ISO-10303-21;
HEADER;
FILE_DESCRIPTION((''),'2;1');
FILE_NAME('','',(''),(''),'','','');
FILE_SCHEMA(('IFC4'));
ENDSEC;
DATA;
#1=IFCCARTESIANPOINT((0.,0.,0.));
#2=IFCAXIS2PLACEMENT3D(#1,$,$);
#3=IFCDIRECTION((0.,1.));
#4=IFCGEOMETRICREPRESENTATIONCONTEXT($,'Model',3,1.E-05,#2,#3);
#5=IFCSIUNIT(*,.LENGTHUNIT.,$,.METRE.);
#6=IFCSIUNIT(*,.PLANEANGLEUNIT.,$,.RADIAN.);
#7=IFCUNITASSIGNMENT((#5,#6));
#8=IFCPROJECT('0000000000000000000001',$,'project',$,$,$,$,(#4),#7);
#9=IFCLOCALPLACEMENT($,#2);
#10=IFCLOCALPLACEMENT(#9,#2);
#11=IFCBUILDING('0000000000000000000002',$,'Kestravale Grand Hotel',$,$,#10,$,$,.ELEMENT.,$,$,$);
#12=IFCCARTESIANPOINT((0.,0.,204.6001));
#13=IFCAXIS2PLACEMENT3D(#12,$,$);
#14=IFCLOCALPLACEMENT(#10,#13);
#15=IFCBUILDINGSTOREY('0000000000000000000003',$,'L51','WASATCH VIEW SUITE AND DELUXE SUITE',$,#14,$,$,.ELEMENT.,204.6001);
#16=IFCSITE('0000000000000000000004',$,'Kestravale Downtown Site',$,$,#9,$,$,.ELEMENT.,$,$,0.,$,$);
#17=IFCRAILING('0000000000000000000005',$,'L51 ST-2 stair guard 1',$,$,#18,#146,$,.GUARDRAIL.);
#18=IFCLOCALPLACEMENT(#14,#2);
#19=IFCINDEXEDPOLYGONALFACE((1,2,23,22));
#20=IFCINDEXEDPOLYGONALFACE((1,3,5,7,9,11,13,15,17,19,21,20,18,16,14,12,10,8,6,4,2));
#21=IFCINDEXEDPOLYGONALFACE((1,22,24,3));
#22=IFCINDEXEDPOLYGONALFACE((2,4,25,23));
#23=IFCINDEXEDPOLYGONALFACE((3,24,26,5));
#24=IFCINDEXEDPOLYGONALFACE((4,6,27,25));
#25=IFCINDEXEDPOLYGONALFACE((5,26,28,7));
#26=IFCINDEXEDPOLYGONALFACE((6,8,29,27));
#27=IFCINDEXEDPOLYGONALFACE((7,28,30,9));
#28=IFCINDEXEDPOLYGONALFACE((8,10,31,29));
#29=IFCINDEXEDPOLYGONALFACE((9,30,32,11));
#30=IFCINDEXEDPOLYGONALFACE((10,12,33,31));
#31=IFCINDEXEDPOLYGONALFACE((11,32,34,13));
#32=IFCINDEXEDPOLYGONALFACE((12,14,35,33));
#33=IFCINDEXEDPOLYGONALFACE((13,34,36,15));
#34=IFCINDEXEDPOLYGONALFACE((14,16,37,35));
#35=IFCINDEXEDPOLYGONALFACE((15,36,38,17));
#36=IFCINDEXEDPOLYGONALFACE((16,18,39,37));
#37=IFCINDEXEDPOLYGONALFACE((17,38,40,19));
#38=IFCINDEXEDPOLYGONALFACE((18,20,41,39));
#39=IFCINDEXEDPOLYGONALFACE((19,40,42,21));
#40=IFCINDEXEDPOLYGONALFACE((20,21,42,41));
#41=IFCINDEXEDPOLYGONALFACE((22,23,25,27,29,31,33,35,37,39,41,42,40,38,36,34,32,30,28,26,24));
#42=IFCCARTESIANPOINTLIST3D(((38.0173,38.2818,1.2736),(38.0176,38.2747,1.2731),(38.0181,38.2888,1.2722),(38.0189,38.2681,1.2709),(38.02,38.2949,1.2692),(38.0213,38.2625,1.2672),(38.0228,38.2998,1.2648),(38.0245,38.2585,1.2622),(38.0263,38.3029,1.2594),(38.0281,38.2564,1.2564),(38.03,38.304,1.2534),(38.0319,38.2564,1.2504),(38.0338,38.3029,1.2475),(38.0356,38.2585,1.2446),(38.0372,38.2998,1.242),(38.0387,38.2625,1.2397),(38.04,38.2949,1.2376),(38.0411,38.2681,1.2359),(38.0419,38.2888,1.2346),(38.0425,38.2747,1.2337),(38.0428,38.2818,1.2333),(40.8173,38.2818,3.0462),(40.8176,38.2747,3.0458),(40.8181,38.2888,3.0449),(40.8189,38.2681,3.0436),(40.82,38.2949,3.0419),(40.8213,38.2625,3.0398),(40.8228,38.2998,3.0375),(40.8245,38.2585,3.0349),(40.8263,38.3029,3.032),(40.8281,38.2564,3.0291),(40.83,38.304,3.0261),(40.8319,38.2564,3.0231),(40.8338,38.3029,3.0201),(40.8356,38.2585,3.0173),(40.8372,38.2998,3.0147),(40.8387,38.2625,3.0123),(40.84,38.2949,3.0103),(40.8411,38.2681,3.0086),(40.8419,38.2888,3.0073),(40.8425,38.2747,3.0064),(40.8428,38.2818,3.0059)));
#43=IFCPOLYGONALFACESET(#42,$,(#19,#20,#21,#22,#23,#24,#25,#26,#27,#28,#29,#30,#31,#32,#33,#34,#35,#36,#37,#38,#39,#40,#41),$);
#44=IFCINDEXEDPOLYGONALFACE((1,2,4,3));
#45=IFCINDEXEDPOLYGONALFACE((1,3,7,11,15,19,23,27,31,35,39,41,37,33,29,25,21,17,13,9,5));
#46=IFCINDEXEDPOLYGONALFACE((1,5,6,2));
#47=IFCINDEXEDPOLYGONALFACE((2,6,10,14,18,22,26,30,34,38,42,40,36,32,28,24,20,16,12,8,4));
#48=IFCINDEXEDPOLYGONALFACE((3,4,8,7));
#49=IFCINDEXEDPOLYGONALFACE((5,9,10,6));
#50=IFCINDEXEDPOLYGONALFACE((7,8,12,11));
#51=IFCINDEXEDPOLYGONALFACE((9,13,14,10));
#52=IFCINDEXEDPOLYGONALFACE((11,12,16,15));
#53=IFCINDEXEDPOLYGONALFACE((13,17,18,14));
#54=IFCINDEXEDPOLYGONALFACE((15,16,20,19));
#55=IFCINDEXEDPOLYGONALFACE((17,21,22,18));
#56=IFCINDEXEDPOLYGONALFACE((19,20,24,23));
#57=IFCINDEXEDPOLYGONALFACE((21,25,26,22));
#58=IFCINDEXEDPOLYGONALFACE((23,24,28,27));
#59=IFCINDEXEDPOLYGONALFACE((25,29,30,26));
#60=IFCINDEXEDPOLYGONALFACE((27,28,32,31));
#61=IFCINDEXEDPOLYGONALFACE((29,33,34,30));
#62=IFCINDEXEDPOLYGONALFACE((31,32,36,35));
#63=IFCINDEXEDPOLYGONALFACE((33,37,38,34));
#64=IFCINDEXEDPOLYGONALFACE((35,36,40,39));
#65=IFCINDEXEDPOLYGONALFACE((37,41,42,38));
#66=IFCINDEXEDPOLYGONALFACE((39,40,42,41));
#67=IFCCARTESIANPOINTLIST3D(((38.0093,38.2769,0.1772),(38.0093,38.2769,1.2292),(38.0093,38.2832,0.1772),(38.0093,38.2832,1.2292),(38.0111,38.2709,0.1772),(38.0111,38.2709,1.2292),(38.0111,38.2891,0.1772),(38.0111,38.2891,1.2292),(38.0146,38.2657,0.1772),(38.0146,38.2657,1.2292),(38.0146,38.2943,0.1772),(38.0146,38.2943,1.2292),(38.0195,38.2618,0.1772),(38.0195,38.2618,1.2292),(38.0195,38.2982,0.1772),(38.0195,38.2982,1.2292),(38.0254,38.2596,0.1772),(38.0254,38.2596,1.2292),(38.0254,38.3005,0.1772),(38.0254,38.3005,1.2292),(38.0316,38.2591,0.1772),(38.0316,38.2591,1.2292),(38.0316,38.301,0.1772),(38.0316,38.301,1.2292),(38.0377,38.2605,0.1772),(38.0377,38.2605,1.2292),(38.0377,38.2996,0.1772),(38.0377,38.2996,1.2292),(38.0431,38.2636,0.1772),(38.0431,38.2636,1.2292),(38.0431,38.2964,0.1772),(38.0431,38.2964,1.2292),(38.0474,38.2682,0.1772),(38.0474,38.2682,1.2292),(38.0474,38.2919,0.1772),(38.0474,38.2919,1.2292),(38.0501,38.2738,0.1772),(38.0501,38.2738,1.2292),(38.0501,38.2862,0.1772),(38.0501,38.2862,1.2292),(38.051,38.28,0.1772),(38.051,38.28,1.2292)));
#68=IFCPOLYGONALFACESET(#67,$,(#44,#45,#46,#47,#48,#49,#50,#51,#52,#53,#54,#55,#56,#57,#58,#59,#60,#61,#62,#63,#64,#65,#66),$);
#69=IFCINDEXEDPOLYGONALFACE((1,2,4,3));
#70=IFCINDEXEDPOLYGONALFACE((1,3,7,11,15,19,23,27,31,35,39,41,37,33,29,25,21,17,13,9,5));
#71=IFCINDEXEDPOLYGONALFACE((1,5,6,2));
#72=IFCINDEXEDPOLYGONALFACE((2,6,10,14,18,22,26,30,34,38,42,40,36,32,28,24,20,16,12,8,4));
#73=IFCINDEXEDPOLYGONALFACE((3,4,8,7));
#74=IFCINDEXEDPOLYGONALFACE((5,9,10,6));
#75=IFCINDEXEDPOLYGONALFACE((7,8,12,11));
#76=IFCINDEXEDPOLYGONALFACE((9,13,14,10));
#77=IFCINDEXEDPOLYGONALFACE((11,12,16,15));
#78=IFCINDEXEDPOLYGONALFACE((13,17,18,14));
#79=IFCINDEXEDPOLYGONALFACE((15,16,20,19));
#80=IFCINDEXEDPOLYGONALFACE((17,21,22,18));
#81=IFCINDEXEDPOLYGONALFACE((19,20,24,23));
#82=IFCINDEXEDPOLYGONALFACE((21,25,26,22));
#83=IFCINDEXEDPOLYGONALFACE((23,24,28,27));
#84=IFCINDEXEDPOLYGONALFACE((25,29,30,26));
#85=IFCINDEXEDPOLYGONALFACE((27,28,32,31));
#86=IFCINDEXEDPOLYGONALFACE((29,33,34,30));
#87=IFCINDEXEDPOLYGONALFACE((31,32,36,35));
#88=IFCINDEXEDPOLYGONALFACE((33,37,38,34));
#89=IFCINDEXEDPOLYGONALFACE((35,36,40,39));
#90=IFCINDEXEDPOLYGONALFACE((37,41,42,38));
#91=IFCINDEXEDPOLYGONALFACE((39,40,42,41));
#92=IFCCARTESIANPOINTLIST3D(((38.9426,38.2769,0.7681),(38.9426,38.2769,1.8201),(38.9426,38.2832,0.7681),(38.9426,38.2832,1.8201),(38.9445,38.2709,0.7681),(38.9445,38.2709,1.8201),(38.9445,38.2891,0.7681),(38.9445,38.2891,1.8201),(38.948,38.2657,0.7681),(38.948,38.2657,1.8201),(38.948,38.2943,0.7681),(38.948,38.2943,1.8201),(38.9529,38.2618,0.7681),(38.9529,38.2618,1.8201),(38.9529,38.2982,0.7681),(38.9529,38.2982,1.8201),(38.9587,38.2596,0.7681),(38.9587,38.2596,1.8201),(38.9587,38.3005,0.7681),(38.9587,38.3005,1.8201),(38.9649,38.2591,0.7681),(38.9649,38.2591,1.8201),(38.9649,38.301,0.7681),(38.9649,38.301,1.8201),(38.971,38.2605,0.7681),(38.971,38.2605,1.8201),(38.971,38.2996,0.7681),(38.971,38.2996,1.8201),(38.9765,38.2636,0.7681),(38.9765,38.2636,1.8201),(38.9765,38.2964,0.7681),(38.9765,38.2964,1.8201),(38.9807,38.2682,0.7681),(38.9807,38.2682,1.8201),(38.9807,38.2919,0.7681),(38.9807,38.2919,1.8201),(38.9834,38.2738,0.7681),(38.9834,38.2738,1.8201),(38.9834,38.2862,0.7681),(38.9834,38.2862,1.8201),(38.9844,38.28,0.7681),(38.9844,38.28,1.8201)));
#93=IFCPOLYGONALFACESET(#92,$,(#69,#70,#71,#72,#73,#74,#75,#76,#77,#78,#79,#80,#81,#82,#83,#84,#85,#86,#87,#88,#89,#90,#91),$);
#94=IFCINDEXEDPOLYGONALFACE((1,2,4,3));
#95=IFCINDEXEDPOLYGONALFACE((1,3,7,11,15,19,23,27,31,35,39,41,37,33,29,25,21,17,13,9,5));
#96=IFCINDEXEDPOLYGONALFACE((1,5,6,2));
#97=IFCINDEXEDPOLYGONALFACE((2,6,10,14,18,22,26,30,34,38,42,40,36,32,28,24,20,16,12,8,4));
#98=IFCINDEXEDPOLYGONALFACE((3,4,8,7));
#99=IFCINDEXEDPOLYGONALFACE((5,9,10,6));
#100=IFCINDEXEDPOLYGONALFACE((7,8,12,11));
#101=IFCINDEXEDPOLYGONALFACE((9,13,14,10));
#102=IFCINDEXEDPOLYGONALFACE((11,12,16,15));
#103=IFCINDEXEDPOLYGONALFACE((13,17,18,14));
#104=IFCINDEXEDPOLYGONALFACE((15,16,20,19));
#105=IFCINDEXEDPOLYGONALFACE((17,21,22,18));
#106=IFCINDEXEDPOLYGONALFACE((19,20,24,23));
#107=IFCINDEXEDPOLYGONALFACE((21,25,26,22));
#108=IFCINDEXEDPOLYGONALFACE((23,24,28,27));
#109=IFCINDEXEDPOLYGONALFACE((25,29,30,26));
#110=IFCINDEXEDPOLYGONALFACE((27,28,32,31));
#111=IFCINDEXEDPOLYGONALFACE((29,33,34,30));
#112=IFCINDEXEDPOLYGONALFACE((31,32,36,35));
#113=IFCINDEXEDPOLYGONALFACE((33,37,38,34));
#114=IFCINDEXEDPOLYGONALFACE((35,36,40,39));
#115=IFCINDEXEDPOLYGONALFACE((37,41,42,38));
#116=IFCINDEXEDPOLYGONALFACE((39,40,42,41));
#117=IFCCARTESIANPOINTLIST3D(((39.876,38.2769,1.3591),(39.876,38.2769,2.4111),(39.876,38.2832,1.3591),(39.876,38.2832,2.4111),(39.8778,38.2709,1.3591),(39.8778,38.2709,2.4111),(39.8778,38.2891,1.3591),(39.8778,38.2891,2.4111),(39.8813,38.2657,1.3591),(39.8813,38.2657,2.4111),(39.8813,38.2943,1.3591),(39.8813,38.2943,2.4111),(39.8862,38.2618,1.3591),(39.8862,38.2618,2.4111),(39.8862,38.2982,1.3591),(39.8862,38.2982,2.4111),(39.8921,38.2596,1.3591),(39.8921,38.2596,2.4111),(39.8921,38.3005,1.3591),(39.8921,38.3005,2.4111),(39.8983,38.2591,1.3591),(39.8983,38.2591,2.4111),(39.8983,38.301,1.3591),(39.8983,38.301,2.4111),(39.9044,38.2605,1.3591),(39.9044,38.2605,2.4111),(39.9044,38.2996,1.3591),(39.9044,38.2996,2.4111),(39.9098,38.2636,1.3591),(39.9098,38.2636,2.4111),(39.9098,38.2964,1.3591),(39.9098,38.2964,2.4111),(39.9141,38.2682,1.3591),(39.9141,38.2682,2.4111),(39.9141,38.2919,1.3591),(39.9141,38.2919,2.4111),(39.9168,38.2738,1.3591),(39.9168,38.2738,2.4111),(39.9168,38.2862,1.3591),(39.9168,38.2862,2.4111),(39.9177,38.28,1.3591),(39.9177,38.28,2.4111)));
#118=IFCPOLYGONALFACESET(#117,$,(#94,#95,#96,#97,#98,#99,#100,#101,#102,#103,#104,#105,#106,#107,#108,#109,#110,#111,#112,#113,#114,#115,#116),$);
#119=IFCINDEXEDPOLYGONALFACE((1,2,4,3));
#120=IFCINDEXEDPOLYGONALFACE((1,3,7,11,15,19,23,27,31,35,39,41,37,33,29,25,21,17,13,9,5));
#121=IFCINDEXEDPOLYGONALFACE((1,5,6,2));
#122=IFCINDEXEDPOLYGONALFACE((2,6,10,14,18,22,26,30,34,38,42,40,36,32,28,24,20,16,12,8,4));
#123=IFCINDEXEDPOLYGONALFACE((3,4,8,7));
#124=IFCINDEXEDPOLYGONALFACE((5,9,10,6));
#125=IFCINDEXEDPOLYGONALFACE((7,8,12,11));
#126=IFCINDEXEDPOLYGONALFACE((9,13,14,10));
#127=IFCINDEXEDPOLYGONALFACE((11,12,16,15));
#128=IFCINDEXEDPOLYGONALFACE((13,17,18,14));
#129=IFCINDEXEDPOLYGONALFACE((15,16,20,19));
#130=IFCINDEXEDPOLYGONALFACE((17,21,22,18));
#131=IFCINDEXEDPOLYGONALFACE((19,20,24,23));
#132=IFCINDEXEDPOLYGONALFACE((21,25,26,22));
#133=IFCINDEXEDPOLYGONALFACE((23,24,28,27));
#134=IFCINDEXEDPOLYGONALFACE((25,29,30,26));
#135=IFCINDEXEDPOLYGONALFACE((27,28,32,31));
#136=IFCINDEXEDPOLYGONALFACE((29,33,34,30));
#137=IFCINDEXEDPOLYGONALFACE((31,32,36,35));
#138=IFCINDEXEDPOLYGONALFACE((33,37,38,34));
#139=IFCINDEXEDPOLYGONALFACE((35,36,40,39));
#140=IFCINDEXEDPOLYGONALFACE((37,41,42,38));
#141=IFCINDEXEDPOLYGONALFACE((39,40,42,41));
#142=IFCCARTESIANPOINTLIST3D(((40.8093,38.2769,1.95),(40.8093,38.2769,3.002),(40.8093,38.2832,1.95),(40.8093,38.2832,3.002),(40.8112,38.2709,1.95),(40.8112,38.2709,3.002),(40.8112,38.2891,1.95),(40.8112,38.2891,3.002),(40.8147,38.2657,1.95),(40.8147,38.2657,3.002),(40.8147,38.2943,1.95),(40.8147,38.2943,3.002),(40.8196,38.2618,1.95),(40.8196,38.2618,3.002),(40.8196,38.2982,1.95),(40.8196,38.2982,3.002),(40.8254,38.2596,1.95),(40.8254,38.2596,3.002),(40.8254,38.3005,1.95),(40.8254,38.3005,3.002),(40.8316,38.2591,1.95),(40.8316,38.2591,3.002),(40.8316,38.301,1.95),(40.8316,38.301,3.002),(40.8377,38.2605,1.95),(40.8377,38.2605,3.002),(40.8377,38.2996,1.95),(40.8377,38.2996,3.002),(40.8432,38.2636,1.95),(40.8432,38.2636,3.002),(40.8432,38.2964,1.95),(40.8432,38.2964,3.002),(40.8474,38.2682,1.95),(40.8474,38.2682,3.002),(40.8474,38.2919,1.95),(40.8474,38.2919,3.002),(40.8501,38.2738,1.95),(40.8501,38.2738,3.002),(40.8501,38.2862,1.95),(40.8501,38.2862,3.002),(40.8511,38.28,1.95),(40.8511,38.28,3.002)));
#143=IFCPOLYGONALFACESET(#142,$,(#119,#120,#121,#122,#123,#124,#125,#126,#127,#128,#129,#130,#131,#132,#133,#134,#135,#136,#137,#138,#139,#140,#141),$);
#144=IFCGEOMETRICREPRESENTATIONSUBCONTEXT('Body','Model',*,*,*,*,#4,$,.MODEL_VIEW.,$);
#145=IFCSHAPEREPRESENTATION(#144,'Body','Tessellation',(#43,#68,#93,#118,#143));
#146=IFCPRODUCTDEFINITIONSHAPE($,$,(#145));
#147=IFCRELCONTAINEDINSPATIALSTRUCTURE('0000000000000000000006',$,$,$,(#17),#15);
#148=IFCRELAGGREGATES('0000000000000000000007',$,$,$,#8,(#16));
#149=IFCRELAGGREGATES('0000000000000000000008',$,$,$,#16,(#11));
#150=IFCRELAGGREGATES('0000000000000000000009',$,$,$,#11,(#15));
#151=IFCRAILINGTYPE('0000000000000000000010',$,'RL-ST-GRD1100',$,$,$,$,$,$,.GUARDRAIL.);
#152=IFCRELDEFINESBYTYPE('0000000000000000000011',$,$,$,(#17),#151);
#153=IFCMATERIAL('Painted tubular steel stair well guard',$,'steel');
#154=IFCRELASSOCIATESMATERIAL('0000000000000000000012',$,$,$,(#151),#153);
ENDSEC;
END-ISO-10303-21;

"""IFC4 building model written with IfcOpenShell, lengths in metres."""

from ifc_helpers import new_model, si_unit, direction, frame, origin, origin_2d, place, context, subcontext, project, spatial, circle, extrude, material, type_object, element, save


model = new_model("IFC4")

# Units and contexts
model_context = context("Model", 3, precision=1e-05, world=origin(), true_north=direction((0.0, 1.0)))
body_context = subcontext(model_context, "Body", "Model", "MODEL_VIEW")
ifc_project = project(units=[si_unit("LENGTHUNIT", "METRE"), si_unit("PLANEANGLEUNIT", "RADIAN")], contexts=[model_context])

# Site, building, storey
site_placement = place(None, origin())
site = spatial("IfcSite", under=ifc_project, at=site_placement, Name="Kestravale Downtown Site", CompositionType="ELEMENT", RefElevation=0.0)
building_placement = place(site_placement, origin())
building = spatial("IfcBuilding", under=site, at=building_placement, Name="Kestravale Grand Hotel", CompositionType="ELEMENT")
storey_placement = place(building_placement, frame((0.0, 0.0, 204.6001)))
storey = spatial("IfcBuildingStorey", under=building, at=storey_placement, Name="L51", Description="WASATCH VIEW SUITE AND DELUXE SUITE", CompositionType="ELEMENT", Elevation=204.6001)

# Railing
ifc_material_1 = material(Name="Painted tubular steel stair well guard", Category="steel")
railing_type_1 = type_object("IfcRailingType", Name="RL-ST-GRD1100", PredefinedType="GUARDRAIL", material=ifc_material_1)
railing_1_placement = place(storey_placement, frame((38.03, 38.28, 0.1772)))
element("IfcRailing", 1, at=railing_1_placement, inside=storey, type_object=railing_type_1, Name="L51 ST-2 stair guard 1", PredefinedType="GUARDRAIL", context=body_context, shape_type="SweptSolid", body=[
    extrude(circle(Radius=0.0239, at=origin_2d()), frame((0.0, 0.0, 1.0762), z_axis=(0.844909, 0.0, 0.53491), x_axis=(0.0, 1.0, 0.0)), (0.0, 0.0, 1.0), 3.314),
    extrude(circle(Radius=0.021, at=origin_2d()), origin(), (0.0, 0.0, 1.0), 1.052),
    extrude(circle(Radius=0.021, at=origin_2d()), frame((0.9333, 0.0, 0.5908)), (0.0, 0.0, 1.0), 1.052),
    extrude(circle(Radius=0.021, at=origin_2d()), frame((1.8667, 0.0, 1.1819)), (0.0, 0.0, 1.0), 1.052),
    extrude(circle(Radius=0.021, at=origin_2d()), frame((2.8, 0.0, 1.7727)), (0.0, 0.0, 1.0), 1.052),
])

save(model, "model.ifc")
